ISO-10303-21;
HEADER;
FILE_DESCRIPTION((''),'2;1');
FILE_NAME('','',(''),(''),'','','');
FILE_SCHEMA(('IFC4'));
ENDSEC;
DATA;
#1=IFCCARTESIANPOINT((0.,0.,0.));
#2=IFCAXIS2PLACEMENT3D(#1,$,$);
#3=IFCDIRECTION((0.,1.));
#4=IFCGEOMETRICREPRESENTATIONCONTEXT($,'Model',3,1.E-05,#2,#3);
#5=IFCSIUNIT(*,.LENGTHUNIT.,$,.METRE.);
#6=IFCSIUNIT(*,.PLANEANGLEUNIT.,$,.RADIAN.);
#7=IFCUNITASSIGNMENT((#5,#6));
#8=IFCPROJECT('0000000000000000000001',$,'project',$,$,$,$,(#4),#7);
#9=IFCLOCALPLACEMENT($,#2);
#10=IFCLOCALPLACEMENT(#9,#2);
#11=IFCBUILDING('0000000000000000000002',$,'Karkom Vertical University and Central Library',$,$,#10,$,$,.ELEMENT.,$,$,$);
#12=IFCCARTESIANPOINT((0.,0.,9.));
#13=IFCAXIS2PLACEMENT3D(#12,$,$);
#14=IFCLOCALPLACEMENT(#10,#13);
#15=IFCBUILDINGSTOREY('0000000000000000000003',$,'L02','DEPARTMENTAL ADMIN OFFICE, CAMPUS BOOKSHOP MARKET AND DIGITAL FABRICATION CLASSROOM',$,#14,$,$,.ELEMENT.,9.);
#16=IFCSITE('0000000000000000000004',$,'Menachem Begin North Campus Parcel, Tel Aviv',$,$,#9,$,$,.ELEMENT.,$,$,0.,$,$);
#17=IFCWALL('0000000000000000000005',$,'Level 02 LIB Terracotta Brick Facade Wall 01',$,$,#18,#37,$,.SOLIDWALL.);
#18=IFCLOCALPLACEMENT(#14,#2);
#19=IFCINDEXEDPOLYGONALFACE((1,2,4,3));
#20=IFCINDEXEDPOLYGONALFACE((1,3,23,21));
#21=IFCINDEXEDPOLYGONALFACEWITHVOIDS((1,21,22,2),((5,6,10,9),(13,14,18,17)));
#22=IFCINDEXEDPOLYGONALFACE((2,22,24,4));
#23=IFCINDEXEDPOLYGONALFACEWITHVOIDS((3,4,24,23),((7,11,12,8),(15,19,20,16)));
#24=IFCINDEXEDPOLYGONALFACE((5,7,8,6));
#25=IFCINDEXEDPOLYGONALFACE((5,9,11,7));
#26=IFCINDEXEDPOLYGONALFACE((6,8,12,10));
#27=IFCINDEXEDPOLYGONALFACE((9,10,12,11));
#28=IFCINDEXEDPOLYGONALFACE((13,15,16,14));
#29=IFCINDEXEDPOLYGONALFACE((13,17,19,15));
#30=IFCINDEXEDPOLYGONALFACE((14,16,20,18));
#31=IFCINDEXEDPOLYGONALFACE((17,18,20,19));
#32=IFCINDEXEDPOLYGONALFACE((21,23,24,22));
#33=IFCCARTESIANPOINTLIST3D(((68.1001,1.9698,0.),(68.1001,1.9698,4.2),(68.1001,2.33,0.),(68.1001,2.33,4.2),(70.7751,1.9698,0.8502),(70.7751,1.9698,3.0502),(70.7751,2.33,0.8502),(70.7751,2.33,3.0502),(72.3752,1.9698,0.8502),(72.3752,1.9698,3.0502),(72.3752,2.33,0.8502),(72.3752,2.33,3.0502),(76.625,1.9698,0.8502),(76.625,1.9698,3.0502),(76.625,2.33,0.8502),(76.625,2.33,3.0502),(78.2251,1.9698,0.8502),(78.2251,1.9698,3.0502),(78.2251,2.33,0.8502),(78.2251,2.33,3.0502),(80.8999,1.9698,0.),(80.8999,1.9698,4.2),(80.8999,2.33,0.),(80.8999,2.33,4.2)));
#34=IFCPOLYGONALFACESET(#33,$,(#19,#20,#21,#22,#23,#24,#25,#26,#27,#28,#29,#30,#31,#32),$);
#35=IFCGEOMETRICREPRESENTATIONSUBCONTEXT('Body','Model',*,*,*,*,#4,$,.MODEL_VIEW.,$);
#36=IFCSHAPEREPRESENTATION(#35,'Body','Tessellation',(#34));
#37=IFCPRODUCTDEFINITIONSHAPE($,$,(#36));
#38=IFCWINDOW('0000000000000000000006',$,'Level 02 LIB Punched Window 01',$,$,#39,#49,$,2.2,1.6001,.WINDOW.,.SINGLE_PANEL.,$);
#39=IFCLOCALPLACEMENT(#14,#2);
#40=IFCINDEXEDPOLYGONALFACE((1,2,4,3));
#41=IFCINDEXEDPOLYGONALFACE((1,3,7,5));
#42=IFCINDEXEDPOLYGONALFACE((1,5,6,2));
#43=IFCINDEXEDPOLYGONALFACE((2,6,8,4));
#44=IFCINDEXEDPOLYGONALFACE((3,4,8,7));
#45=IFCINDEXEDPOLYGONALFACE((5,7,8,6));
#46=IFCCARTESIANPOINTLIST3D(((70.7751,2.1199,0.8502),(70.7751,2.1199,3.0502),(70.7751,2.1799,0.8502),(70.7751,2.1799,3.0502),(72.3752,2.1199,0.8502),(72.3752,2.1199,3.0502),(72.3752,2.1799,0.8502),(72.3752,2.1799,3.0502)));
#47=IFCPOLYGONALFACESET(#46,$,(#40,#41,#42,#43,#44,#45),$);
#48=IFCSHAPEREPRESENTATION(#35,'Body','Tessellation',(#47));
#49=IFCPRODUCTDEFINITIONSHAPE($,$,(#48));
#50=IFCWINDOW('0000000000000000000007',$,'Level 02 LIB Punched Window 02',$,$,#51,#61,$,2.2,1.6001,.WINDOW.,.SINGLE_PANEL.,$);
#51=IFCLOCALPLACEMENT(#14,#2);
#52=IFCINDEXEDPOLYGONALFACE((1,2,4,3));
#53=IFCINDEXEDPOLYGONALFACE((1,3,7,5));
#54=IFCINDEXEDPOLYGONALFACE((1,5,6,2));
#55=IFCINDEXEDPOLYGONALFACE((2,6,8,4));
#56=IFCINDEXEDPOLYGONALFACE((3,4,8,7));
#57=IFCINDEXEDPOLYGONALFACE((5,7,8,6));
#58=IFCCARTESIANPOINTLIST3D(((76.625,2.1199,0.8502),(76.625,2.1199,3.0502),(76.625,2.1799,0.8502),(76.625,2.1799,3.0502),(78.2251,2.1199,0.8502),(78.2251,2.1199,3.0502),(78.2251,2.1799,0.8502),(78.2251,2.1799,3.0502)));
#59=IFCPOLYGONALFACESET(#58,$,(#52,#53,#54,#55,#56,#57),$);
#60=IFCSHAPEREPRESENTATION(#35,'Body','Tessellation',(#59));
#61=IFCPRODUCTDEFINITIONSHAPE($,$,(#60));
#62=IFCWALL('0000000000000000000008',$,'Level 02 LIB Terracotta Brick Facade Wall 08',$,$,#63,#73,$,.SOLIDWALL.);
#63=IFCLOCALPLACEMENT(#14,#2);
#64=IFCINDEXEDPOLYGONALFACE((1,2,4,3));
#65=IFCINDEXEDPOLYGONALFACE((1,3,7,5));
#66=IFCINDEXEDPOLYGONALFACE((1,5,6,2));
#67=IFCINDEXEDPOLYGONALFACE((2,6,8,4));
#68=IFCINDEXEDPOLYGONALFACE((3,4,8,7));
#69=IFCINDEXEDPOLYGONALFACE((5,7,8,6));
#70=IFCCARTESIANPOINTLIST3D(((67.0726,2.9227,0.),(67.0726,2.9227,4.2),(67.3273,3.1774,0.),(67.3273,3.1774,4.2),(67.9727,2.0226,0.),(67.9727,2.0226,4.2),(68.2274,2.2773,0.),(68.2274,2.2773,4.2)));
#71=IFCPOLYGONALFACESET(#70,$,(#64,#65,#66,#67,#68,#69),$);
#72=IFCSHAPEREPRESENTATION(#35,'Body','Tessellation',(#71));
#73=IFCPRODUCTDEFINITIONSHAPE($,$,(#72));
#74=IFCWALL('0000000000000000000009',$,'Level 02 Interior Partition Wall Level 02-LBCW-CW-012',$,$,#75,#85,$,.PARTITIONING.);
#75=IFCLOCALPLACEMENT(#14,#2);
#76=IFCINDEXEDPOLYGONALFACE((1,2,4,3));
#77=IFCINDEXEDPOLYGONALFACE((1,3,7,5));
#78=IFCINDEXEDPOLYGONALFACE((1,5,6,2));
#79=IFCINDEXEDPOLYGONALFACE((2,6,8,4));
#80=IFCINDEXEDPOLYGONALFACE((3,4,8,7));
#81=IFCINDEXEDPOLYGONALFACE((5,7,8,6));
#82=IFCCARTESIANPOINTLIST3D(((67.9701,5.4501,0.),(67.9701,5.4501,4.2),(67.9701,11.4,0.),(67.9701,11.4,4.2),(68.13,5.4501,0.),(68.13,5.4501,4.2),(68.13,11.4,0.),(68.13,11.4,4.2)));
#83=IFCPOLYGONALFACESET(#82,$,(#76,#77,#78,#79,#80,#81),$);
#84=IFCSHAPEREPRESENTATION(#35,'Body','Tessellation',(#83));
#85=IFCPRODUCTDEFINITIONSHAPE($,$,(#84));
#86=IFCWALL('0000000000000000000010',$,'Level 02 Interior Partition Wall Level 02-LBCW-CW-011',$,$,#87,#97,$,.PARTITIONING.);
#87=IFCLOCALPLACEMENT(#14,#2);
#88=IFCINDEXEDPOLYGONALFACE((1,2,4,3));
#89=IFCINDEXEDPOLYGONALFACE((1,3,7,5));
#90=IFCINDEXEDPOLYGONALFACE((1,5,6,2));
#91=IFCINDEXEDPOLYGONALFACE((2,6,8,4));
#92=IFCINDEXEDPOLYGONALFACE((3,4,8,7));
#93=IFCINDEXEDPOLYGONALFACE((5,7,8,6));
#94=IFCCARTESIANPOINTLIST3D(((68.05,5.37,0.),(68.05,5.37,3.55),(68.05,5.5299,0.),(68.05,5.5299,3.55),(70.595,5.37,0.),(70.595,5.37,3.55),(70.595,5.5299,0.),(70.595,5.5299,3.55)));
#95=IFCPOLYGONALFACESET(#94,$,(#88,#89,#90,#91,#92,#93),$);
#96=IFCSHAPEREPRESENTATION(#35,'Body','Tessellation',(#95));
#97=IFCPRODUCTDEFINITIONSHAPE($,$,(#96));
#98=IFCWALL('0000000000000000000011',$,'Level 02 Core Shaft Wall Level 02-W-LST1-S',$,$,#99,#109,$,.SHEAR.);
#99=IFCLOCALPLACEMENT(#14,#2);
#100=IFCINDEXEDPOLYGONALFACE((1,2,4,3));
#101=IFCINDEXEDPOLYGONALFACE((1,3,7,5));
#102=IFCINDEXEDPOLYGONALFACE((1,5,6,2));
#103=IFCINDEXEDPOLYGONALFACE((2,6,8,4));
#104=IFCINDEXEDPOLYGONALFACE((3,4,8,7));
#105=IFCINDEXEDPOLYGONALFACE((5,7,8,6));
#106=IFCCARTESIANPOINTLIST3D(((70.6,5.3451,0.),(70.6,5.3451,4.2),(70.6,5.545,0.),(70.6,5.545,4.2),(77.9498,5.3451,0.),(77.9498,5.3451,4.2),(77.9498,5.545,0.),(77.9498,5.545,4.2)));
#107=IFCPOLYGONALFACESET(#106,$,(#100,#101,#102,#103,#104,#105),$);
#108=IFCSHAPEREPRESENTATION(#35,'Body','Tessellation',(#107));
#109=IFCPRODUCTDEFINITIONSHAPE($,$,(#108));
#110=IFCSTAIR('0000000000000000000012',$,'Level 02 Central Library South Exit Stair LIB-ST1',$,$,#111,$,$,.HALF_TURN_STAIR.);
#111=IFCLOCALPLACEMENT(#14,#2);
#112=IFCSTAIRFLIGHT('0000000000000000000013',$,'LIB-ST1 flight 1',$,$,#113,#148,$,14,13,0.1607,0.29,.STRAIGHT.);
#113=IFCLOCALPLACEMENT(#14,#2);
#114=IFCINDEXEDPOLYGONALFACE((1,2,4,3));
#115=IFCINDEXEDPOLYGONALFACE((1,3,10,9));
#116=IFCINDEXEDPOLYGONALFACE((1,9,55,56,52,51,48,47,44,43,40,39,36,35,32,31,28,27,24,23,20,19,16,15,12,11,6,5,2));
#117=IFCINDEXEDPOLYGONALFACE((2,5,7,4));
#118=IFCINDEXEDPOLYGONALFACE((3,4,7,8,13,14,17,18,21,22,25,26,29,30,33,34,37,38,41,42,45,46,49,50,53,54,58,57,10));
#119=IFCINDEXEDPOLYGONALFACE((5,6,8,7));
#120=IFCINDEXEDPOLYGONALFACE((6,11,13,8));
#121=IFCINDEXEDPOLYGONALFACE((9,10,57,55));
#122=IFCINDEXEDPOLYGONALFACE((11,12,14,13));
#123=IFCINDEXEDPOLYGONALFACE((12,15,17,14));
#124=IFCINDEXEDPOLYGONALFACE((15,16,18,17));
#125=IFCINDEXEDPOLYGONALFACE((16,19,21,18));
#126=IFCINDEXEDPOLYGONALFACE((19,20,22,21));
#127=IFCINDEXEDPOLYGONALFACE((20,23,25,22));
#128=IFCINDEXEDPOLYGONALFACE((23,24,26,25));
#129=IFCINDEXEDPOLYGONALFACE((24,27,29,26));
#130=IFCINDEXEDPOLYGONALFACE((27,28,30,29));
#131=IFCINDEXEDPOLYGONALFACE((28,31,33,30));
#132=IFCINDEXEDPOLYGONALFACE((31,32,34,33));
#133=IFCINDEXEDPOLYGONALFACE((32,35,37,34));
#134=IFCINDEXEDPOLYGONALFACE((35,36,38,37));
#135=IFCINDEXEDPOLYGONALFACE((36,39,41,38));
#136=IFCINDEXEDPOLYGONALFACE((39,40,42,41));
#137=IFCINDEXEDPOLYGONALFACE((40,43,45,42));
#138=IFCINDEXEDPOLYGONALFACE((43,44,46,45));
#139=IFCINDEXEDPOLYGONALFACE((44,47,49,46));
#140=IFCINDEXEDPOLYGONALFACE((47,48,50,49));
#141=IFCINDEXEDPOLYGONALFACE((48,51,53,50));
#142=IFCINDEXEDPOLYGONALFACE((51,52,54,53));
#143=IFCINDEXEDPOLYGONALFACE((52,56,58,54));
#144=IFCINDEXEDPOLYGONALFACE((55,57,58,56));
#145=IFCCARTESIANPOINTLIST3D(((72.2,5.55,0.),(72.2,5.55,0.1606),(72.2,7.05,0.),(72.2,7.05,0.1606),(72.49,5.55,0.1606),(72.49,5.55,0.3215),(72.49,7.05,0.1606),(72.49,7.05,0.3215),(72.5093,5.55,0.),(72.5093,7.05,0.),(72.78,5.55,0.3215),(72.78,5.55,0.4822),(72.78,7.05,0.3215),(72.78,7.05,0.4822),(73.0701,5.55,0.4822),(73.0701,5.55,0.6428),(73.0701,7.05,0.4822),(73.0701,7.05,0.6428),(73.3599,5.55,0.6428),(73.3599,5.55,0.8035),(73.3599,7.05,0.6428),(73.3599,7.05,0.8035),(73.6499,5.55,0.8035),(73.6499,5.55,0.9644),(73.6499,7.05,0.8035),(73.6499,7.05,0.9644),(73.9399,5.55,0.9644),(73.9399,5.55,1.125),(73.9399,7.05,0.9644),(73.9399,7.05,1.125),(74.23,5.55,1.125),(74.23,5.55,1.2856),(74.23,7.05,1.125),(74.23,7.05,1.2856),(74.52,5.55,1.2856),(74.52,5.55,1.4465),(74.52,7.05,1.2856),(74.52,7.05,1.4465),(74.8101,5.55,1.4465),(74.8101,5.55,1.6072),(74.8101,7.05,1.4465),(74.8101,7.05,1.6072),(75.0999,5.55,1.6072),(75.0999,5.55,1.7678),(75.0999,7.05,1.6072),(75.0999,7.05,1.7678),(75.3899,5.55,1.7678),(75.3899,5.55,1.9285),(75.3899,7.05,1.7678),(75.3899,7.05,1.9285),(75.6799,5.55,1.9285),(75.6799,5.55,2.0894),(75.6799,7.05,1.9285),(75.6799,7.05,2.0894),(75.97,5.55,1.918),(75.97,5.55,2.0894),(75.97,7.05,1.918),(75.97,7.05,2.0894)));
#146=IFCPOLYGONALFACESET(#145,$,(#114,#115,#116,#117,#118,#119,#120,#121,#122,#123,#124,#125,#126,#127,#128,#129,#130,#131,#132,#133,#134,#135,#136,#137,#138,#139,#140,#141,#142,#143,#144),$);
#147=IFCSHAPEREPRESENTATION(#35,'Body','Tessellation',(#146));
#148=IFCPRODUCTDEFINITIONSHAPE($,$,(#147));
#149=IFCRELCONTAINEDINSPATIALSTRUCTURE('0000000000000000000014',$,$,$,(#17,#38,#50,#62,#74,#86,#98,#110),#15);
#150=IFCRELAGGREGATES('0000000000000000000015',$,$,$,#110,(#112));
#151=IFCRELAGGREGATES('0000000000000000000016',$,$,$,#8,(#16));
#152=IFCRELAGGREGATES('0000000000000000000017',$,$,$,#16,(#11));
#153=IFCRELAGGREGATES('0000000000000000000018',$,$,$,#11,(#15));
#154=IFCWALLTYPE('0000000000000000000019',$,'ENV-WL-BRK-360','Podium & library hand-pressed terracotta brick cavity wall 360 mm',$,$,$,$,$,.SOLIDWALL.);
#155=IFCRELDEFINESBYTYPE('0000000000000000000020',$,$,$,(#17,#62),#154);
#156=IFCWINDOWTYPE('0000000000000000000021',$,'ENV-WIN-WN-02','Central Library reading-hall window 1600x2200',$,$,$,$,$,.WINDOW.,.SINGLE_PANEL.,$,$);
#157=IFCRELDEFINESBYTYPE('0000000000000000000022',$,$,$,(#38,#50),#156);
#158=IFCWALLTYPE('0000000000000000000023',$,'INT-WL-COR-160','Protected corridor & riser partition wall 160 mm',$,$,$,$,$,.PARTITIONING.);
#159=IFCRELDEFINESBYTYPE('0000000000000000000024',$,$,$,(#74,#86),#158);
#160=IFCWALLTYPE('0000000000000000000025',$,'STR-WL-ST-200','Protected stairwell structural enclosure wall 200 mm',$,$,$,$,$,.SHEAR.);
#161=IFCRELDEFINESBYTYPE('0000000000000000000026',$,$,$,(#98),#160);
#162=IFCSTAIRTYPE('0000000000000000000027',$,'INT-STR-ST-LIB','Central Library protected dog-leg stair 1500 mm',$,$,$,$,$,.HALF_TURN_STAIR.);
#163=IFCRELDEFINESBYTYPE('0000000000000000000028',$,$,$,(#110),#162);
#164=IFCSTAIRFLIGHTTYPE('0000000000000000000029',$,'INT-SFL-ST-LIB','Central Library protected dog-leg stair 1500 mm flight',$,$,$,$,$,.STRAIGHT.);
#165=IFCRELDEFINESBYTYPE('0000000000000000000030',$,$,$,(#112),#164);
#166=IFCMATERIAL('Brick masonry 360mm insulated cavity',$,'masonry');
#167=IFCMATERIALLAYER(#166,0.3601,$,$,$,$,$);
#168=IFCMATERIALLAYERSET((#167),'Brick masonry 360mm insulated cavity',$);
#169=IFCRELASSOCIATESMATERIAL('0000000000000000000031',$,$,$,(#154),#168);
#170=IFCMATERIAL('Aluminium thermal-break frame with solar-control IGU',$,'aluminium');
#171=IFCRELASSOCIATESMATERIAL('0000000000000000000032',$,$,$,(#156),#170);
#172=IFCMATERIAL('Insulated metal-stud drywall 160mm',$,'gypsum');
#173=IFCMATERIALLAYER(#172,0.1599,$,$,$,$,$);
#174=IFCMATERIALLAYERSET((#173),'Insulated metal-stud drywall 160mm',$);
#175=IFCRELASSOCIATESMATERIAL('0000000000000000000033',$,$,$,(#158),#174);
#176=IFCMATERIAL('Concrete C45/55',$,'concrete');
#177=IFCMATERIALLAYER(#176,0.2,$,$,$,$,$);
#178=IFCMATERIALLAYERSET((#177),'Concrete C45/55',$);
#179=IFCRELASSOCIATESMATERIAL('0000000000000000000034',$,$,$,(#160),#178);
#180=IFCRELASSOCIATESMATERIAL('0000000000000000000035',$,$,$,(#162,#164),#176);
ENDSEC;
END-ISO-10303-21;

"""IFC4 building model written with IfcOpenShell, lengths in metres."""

from ifc_helpers import new_model, si_unit, direction, frame, frame_2d, origin, origin_with_axes, place, context, subcontext, project, spatial, polyline, rectangle, outline, extrude, source, transform, mapped, material, layer, layer_set, type_object, element, fill, aggregate, save


model = new_model("IFC4")

# Units and contexts
model_context = context("Model", 3, precision=1e-05, world=origin(), true_north=direction((0.0, 1.0)))
body_context = subcontext(model_context, "Body", "Model", "MODEL_VIEW")
ifc_project = project(units=[si_unit("LENGTHUNIT", "METRE"), si_unit("PLANEANGLEUNIT", "RADIAN")], contexts=[model_context])

# Site, building, storey
site_placement = place(None, origin())
site = spatial("IfcSite", under=ifc_project, at=site_placement, Name="Menachem Begin North Campus Parcel, Tel Aviv", CompositionType="ELEMENT", RefElevation=0.0)
building_placement = place(site_placement, origin())
building = spatial("IfcBuilding", under=site, at=building_placement, Name="Karkom Vertical University and Central Library", CompositionType="ELEMENT")
storey_placement = place(building_placement, frame((0.0, 0.0, 9.0)))
storey = spatial("IfcBuildingStorey", under=building, at=storey_placement, Name="L02", Description="DEPARTMENTAL ADMIN OFFICE, CAMPUS BOOKSHOP MARKET AND DIGITAL FABRICATION CLASSROOM", CompositionType="ELEMENT", Elevation=9.0)

# Wall, openings, windows
ifc_material_1 = material(Name="Brick masonry 360mm insulated cavity", Category="masonry")
ifc_layer_1 = layer(ifc_material_1, 0.3601)
ifc_layer_set_1 = layer_set([ifc_layer_1], Name="Brick masonry 360mm insulated cavity")
wall_type_1 = type_object("IfcWallType", Name="ENV-WL-BRK-360", Description="Podium & library hand-pressed terracotta brick cavity wall 360 mm", PredefinedType="SOLIDWALL", material=ifc_layer_set_1)
wall_1_placement = place(storey_placement, frame((68.1001, 2.1499, 0.0), z_axis=(0.0, 0.0, 1.0), x_axis=(1.0, 0.0, 0.0)))
wall_1 = element("IfcWall", 1, at=wall_1_placement, inside=storey, type_object=wall_type_1, Name="Level 02 LIB Terracotta Brick Facade Wall 01", PredefinedType="SOLIDWALL", context=body_context, shape_type="SweptSolid", body=[
    extrude(rectangle(XDim=12.7998, YDim=0.3601, at=frame_2d((6.3999, 0.0))), origin(), (0.0, 0.0, 1.0), 4.2),
])
opening_1_placement = place(wall_1_placement, frame((2.675, 0.0, 0.8501)))
opening_1 = element("IfcOpeningElement", 2, at=opening_1_placement, cuts=wall_1, PredefinedType="OPENING", context=body_context, shape_type="SweptSolid", body=[
    extrude(rectangle(XDim=1.6001, YDim=2.2, at=frame_2d((0.8, 1.1001))), frame((0.0, 0.1899, 0.0), z_axis=(0.0, -1.0, 0.0), x_axis=(1.0, 0.0, 0.0)), (0.0, 0.0, 1.0), 0.3801),
])
opening_2_placement = place(wall_1_placement, frame((8.5249, 0.0, 0.8501)))
opening_2 = element("IfcOpeningElement", 3, at=opening_2_placement, cuts=wall_1, PredefinedType="OPENING", context=body_context, shape_type="SweptSolid", body=[
    extrude(rectangle(XDim=1.6001, YDim=2.2, at=frame_2d((0.8, 1.1001))), frame((0.0, 0.1899, 0.0), z_axis=(0.0, -1.0, 0.0), x_axis=(1.0, 0.0, 0.0)), (0.0, 0.0, 1.0), 0.3801),
])
ifc_material_2 = material(Name="Aluminium thermal-break frame with solar-control IGU", Category="aluminium")
window_type = type_object("IfcWindowType", Name="ENV-WIN-WN-02", Description="Central Library reading-hall window 1600x2200", PartitioningType="SINGLE_PANEL", PredefinedType="WINDOW", material=ifc_material_2)
shared_shape_1 = source(origin_with_axes(), body_context, "Body", "SweptSolid", [
    extrude(rectangle(XDim=1.6001, YDim=2.2, at=frame_2d((0.8, 1.1001))), frame((0.0, 0.03, 0.0), z_axis=(0.0, -1.0, 0.0), x_axis=(1.0, 0.0, 0.0)), (0.0, 0.0, 1.0), 0.0601),
])
window_1_placement = place(opening_1_placement, origin())
window_1 = element("IfcWindow", 4, at=window_1_placement, inside=storey, type_object=window_type, Name="Level 02 LIB Punched Window 01", OverallHeight=2.2, OverallWidth=1.6001, PartitioningType="SINGLE_PANEL", PredefinedType="WINDOW", context=body_context, shape_type="MappedRepresentation", body=[
    mapped(shared_shape_1, transform((0.0, 0.0, 0.0), scale=1.0)),
])
fill(opening_1, window_1)
window_2_placement = place(opening_2_placement, origin())
window_2 = element("IfcWindow", 5, at=window_2_placement, inside=storey, type_object=window_type, Name="Level 02 LIB Punched Window 02", OverallHeight=2.2, OverallWidth=1.6001, PartitioningType="SINGLE_PANEL", PredefinedType="WINDOW", context=body_context, shape_type="MappedRepresentation", body=[
    mapped(shared_shape_1, transform((0.0, 0.0, 0.0), scale=1.0)),
])
fill(opening_2, window_2)

# Walls
wall_2_placement = place(storey_placement, frame((67.2, 3.05, 0.0), z_axis=(0.0, 0.0, 1.0), x_axis=(0.707107, -0.707107, 0.0)))
element("IfcWall", 6, at=wall_2_placement, inside=storey, type_object=wall_type_1, Name="Level 02 LIB Terracotta Brick Facade Wall 08", PredefinedType="SOLIDWALL", context=body_context, shape_type="SweptSolid", body=[
    extrude(rectangle(XDim=1.2729, YDim=0.3601, at=frame_2d((0.6365, 0.0))), origin(), (0.0, 0.0, 1.0), 4.2),
])
ifc_material_3 = material(Name="Insulated metal-stud drywall 160mm", Category="gypsum")
ifc_layer_2 = layer(ifc_material_3, 0.1599)
ifc_layer_set_2 = layer_set([ifc_layer_2], Name="Insulated metal-stud drywall 160mm")
wall_type_2 = type_object("IfcWallType", Name="INT-WL-COR-160", Description="Protected corridor & riser partition wall 160 mm", PredefinedType="PARTITIONING", material=ifc_layer_set_2)
wall_3_placement = place(storey_placement, frame((68.05, 5.45, 0.0), z_axis=(0.0, 0.0, 1.0), x_axis=(0.0, 1.0, 0.0)))
element("IfcWall", 7, at=wall_3_placement, inside=storey, type_object=wall_type_2, Name="Level 02 Interior Partition Wall Level 02-LBCW-CW-012", PredefinedType="PARTITIONING", context=body_context, shape_type="SweptSolid", body=[
    extrude(rectangle(XDim=5.95, YDim=0.1599, at=frame_2d((2.9751, 0.0))), origin(), (0.0, 0.0, 1.0), 4.2),
])
wall_4_placement = place(storey_placement, frame((70.595, 5.45, 0.0), z_axis=(0.0, 0.0, 1.0), x_axis=(-1.0, 0.0, 0.0)))
element("IfcWall", 8, at=wall_4_placement, inside=storey, type_object=wall_type_2, Name="Level 02 Interior Partition Wall Level 02-LBCW-CW-011", PredefinedType="PARTITIONING", context=body_context, shape_type="SweptSolid", body=[
    extrude(rectangle(XDim=2.5449, YDim=0.1599, at=frame_2d((1.2725, 0.0))), origin(), (0.0, 0.0, 1.0), 3.55),
])
ifc_material_4 = material(Name="Concrete C45/55", Category="concrete")
ifc_layer_3 = layer(ifc_material_4, 0.2)
ifc_layer_set_3 = layer_set([ifc_layer_3], Name="Concrete C45/55")
wall_type_3 = type_object("IfcWallType", Name="STR-WL-ST-200", Description="Protected stairwell structural enclosure wall 200 mm", PredefinedType="SHEAR", material=ifc_layer_set_3)
wall_5_placement = place(storey_placement, frame((70.6001, 5.4451, 0.0), z_axis=(0.0, 0.0, 1.0), x_axis=(1.0, 0.0, 0.0)))
element("IfcWall", 9, at=wall_5_placement, inside=storey, type_object=wall_type_3, Name="Level 02 Core Shaft Wall Level 02-W-LST1-S", PredefinedType="SHEAR", context=body_context, shape_type="SweptSolid", body=[
    extrude(rectangle(XDim=7.3499, YDim=0.2, at=frame_2d((3.6748, 0.0))), origin(), (0.0, 0.0, 1.0), 4.2),
])

# Stair, stair flight
stair_type = type_object("IfcStairType", Name="INT-STR-ST-LIB", Description="Central Library protected dog-leg stair 1500 mm", PredefinedType="HALF_TURN_STAIR", material=ifc_material_4)
stair_placement = place(storey_placement, origin())
stair = element("IfcStair", 10, at=stair_placement, inside=storey, type_object=stair_type, Name="Level 02 Central Library South Exit Stair LIB-ST1", PredefinedType="HALF_TURN_STAIR")
stair_flight_type = type_object("IfcStairFlightType", Name="INT-SFL-ST-LIB", Description="Central Library protected dog-leg stair 1500 mm flight", PredefinedType="STRAIGHT", material=ifc_material_4)
stair_flight_placement = place(storey_placement, frame((72.2, 6.3, 0.0), z_axis=(0.0, 0.0, 1.0), x_axis=(1.0, 0.0, 0.0)))
stair_flight = element("IfcStairFlight", 11, at=stair_flight_placement, type_object=stair_flight_type, Name="LIB-ST1 flight 1", NumberOfRisers=14, NumberOfTreads=13, PredefinedType="STRAIGHT", RiserHeight=0.1607, TreadLength=0.29, context=body_context, shape_type="SweptSolid", body=[
    extrude(outline(polyline([(0.0, 0.0), (0.0, 0.1606), (0.29, 0.1606), (0.29, 0.3215), (0.5801, 0.3215), (0.5801, 0.4822), (0.8701, 0.4822), (0.8701, 0.6428), (1.1599, 0.6428), (1.1599, 0.8035), (1.45, 0.8035), (1.45, 0.9644), (1.74, 0.9644), (1.74, 1.125), (2.03, 1.125), (2.03, 1.2856), (2.3201, 1.2856), (2.3201, 1.4465), (2.6101, 1.4465), (2.6101, 1.6072), (2.8999, 1.6072), (2.8999, 1.7678), (3.1899, 1.7678), (3.1899, 1.9285), (3.48, 1.9285), (3.48, 2.0894), (3.77, 2.0894), (3.77, 2.25), (3.77, 1.918), (0.3093, 0.0), (0.0, 0.0)])), frame((0.0, 0.75, 0.0), z_axis=(0.0, -1.0, 0.0), x_axis=(1.0, 0.0, 0.0)), (0.0, 0.0, 1.0), 1.5),
])
aggregate(stair, [stair_flight])

save(model, "model.ifc")
